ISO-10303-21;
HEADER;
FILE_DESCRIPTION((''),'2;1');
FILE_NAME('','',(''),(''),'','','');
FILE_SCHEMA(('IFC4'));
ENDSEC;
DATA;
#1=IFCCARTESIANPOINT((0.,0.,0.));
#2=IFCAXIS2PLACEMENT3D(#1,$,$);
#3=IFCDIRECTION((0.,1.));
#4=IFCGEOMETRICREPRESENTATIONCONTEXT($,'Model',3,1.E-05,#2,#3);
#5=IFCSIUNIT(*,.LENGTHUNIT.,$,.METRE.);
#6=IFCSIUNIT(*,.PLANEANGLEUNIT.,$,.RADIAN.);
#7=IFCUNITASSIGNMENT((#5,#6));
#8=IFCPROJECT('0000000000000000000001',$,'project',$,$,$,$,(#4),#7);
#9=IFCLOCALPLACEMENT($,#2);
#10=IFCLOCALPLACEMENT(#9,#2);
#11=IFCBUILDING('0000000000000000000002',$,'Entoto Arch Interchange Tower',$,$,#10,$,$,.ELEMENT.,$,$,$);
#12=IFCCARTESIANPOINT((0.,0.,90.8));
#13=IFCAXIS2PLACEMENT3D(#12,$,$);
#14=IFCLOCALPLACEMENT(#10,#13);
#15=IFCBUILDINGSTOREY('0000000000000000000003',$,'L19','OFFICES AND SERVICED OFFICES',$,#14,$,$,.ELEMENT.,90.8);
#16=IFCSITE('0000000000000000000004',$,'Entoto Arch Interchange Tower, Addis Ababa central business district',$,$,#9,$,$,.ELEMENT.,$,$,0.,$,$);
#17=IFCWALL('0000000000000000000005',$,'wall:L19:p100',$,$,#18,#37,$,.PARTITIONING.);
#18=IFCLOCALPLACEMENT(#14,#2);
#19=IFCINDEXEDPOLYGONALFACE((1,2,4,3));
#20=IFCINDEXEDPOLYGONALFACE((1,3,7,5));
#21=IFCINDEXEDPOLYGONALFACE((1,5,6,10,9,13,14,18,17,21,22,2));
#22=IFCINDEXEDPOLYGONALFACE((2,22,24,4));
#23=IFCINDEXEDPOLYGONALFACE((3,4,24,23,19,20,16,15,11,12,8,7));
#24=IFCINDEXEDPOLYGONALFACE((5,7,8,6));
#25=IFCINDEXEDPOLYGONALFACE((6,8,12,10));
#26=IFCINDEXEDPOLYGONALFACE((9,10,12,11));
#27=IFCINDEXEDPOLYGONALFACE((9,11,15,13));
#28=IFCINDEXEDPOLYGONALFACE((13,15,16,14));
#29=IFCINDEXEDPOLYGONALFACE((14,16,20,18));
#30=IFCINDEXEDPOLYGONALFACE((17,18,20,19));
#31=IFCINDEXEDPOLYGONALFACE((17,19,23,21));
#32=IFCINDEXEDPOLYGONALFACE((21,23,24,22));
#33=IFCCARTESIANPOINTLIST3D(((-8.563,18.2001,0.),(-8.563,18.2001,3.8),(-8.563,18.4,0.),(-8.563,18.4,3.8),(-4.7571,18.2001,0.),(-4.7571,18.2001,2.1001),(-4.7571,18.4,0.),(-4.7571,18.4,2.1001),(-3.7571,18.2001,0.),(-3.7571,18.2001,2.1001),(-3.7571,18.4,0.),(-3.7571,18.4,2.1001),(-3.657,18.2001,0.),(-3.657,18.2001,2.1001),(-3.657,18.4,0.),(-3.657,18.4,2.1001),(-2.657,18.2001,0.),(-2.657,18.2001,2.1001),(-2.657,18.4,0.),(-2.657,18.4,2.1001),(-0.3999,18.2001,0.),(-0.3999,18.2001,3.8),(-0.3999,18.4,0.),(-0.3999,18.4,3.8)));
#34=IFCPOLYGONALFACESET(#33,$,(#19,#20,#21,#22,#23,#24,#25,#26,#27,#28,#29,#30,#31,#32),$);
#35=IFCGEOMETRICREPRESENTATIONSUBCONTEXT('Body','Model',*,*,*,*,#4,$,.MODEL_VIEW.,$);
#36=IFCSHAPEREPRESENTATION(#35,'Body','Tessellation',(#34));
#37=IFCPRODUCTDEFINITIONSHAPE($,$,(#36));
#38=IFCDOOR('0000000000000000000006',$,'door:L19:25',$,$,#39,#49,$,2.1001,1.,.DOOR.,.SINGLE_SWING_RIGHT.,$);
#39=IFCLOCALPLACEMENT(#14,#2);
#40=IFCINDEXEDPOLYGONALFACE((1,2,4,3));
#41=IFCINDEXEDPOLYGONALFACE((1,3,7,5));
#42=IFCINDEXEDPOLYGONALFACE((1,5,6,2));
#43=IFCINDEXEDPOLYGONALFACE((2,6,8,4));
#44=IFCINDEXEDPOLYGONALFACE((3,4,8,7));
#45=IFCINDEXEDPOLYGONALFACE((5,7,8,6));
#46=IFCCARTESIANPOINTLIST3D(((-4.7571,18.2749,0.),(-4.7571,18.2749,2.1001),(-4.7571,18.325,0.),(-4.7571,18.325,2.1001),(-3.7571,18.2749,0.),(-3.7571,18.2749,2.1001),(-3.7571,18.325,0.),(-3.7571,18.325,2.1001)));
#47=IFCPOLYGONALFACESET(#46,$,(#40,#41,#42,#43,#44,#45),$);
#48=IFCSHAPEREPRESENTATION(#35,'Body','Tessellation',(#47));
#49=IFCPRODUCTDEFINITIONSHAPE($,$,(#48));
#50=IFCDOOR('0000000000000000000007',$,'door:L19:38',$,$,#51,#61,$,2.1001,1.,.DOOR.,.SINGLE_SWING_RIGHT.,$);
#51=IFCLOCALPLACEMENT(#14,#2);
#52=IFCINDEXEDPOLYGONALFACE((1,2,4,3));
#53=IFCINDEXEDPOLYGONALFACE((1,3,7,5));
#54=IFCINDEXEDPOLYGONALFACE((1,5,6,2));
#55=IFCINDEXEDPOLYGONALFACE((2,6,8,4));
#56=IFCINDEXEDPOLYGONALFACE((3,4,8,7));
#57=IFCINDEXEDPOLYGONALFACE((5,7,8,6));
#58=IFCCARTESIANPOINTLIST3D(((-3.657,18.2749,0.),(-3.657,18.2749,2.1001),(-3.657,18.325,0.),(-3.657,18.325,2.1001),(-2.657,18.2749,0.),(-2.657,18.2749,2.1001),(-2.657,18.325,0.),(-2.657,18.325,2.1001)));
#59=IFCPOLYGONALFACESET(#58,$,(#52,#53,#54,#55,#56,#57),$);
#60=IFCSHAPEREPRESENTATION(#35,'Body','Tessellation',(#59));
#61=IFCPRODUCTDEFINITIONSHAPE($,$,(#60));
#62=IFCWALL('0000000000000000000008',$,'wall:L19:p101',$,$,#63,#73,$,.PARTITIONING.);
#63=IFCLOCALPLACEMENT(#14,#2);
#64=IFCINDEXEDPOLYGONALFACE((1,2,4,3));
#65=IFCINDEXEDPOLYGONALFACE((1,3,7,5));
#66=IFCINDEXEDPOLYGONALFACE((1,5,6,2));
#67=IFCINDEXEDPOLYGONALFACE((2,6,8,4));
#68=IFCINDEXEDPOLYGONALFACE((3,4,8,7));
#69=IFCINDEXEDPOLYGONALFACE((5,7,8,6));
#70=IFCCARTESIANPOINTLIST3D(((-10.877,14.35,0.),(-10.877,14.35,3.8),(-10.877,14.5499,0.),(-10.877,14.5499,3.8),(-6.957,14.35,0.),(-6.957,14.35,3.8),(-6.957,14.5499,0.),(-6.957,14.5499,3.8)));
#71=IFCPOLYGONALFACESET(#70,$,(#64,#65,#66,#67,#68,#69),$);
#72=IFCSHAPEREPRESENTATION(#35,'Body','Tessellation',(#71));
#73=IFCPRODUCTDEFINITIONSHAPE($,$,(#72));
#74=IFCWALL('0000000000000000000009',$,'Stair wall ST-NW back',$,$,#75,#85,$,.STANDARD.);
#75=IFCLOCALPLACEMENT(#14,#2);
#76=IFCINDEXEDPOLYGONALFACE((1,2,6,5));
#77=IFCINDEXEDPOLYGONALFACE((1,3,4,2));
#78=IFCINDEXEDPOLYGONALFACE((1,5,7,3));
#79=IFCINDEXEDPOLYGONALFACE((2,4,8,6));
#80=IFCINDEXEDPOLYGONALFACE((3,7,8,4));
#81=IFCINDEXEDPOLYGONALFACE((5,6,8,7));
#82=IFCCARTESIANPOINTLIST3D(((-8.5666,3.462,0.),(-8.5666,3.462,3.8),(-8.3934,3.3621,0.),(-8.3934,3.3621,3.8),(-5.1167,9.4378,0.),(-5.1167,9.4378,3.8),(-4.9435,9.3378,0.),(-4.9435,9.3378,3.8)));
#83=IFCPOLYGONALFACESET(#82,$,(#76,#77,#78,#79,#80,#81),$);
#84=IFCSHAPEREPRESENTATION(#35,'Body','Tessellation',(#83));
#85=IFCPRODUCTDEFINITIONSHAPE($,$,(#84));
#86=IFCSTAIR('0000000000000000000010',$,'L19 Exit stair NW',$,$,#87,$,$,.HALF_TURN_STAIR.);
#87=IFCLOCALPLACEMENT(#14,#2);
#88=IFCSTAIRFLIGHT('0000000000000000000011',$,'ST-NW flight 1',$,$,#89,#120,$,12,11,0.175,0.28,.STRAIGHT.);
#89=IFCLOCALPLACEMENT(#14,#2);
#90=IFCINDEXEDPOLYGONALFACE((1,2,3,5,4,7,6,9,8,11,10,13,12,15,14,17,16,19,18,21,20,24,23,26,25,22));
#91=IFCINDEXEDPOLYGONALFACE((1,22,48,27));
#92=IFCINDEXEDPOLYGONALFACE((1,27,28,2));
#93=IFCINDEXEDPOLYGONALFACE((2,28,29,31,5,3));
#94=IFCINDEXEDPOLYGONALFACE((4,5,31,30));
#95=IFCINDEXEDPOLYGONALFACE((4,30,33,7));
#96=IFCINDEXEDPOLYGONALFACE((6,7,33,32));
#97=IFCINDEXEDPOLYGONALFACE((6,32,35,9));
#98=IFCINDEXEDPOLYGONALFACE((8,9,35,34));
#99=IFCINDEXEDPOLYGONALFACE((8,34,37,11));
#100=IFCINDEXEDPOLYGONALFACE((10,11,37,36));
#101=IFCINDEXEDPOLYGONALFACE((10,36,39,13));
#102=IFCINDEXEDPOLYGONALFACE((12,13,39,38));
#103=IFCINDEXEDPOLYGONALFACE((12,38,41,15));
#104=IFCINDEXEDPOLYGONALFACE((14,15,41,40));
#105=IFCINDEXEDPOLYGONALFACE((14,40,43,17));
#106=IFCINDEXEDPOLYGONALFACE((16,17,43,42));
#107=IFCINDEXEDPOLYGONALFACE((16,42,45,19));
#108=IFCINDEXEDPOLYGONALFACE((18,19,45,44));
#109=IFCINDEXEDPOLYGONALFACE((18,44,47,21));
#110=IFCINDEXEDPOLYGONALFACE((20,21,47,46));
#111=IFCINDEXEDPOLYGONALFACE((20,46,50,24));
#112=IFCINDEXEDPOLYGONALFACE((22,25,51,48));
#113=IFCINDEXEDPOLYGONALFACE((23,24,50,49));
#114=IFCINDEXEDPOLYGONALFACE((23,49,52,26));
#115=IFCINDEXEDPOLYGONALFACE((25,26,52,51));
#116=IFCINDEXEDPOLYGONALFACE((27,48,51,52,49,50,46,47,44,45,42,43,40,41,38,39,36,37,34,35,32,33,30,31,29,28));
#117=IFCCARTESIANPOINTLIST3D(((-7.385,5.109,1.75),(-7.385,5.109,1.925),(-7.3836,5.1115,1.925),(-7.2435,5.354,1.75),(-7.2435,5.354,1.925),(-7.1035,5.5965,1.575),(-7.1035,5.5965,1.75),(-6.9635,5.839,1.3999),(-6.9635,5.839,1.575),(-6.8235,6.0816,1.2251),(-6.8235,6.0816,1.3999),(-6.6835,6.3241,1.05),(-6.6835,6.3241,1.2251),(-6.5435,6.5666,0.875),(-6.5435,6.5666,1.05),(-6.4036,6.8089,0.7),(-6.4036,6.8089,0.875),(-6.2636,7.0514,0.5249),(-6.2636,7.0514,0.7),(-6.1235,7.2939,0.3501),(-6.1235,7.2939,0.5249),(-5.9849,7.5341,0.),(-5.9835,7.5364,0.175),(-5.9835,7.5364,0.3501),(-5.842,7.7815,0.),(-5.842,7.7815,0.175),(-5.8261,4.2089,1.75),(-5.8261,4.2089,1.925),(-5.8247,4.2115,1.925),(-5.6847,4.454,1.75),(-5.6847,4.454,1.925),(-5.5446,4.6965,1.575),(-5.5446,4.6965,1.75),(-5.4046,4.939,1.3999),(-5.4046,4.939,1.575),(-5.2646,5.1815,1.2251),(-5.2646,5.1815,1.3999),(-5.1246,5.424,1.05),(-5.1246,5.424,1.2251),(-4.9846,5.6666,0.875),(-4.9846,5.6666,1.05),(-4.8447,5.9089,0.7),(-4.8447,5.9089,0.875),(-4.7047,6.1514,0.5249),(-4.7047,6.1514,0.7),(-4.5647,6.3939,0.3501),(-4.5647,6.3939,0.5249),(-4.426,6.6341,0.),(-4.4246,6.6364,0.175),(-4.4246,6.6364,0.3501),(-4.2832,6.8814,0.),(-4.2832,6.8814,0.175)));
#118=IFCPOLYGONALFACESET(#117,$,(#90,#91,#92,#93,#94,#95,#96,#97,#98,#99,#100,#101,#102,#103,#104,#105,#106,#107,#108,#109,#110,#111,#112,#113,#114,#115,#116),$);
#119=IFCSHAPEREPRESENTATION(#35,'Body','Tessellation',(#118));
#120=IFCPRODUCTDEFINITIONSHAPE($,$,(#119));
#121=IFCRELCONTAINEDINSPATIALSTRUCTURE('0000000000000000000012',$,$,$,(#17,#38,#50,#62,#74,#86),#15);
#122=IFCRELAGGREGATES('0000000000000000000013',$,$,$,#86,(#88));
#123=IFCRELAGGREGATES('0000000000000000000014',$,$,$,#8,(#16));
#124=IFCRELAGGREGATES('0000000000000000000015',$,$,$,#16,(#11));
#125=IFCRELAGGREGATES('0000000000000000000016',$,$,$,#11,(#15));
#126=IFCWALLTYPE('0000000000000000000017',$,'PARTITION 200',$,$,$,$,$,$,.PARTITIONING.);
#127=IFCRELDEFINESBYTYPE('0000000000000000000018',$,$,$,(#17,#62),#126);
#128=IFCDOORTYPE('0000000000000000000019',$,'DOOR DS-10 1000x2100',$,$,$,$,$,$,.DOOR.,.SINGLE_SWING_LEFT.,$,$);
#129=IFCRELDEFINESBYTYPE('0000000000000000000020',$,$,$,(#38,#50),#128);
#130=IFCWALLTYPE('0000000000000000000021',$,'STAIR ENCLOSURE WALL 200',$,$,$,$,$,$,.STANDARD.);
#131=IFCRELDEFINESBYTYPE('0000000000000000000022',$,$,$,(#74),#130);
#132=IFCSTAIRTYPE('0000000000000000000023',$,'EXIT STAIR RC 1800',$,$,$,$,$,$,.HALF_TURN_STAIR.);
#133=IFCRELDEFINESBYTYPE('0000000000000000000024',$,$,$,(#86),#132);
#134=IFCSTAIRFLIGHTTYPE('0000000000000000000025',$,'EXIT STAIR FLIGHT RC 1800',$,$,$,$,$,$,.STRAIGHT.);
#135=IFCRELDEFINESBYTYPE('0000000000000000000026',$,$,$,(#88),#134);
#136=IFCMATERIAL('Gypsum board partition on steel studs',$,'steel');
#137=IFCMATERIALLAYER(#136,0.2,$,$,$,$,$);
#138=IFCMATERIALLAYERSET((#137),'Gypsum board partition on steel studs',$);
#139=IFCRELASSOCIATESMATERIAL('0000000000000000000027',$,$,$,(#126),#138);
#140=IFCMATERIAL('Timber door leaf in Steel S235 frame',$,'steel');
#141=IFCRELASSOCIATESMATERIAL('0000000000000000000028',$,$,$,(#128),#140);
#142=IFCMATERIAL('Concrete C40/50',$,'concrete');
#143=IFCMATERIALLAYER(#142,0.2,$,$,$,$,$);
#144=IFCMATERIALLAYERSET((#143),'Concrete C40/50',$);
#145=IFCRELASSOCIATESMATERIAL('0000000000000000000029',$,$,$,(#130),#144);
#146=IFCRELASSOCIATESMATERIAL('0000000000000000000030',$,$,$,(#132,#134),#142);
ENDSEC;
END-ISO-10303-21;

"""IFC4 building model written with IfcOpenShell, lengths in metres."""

from ifc_helpers import new_model, si_unit, direction, frame, frame_2d, origin, place, context, subcontext, project, spatial, polyline, rectangle, outline, extrude, material, layer, layer_set, type_object, element, fill, aggregate, save


model = new_model("IFC4")

# Units and contexts
model_context = context("Model", 3, precision=1e-05, world=origin(), true_north=direction((0.0, 1.0)))
body_context = subcontext(model_context, "Body", "Model", "MODEL_VIEW")
ifc_project = project(units=[si_unit("LENGTHUNIT", "METRE"), si_unit("PLANEANGLEUNIT", "RADIAN")], contexts=[model_context])

# Site, building, storey
site_placement = place(None, origin())
site = spatial("IfcSite", under=ifc_project, at=site_placement, Name="Entoto Arch Interchange Tower, Addis Ababa central business district", CompositionType="ELEMENT", RefElevation=0.0)
building_placement = place(site_placement, origin())
building = spatial("IfcBuilding", under=site, at=building_placement, Name="Entoto Arch Interchange Tower", CompositionType="ELEMENT")
storey_placement = place(building_placement, frame((0.0, 0.0, 90.8)))
storey = spatial("IfcBuildingStorey", under=building, at=storey_placement, Name="L19", Description="OFFICES AND SERVICED OFFICES", CompositionType="ELEMENT", Elevation=90.8)

# Shared definitions
ifc_material_1 = material(Name="Concrete C40/50", Category="concrete")

# Shared definitions
ifc_material_2 = material(Name="Gypsum board partition on steel studs", Category="steel")
ifc_layer_1 = layer(ifc_material_2, 0.2)
ifc_layer_set_1 = layer_set([ifc_layer_1], Name="Gypsum board partition on steel studs")
wall_type_1 = type_object("IfcWallType", Name="PARTITION 200", PredefinedType="PARTITIONING", material=ifc_layer_set_1)

# Shared definitions
ifc_material_3 = material(Name="Timber door leaf in Steel S235 frame", Category="steel")
door_type_1 = type_object("IfcDoorType", Name="DOOR DS-10 1000x2100", OperationType="SINGLE_SWING_LEFT", PredefinedType="DOOR", material=ifc_material_3)

# Wall, openings, doors
wall_1_placement = place(storey_placement, frame((-8.563, 18.3, 0.0), z_axis=(0.0, 0.0, 1.0), x_axis=(1.0, 0.0, 0.0)))
wall_1 = element("IfcWall", 1, at=wall_1_placement, inside=storey, type_object=wall_type_1, Name="wall:L19:p100", PredefinedType="PARTITIONING", context=body_context, shape_type="SweptSolid", body=[
    extrude(rectangle(XDim=8.1631, YDim=0.2, at=frame_2d((4.0815, 0.0))), origin(), (0.0, 0.0, 1.0), 3.8),
])
opening_1_placement = place(wall_1_placement, frame((3.8059, 0.0, 0.0)))
opening_1 = element("IfcOpeningElement", 2, at=opening_1_placement, cuts=wall_1, PredefinedType="OPENING", context=body_context, shape_type="SweptSolid", body=[
    extrude(rectangle(XDim=1.0, YDim=2.1001, at=frame_2d((0.5, 1.05))), frame((0.0, 0.1099, 0.0), z_axis=(0.0, -1.0, 0.0), x_axis=(1.0, 0.0, 0.0)), (0.0, 0.0, 1.0), 0.22),
])
opening_2_placement = place(wall_1_placement, frame((4.906, 0.0, 0.0)))
opening_2 = element("IfcOpeningElement", 3, at=opening_2_placement, cuts=wall_1, PredefinedType="OPENING", context=body_context, shape_type="SweptSolid", body=[
    extrude(rectangle(XDim=1.0, YDim=2.1001, at=frame_2d((0.5, 1.05))), frame((0.0, 0.1099, 0.0), z_axis=(0.0, -1.0, 0.0), x_axis=(1.0, 0.0, 0.0)), (0.0, 0.0, 1.0), 0.22),
])
door_1_placement = place(opening_1_placement, origin())
door_1 = element("IfcDoor", 4, at=door_1_placement, inside=storey, type_object=door_type_1, Name="door:L19:25", OperationType="SINGLE_SWING_RIGHT", OverallHeight=2.1001, OverallWidth=1.0, PredefinedType="DOOR", context=body_context, shape_type="SweptSolid", body=[
    extrude(rectangle(XDim=1.0, YDim=2.1001, at=frame_2d((0.5, 1.05))), frame((0.0, 0.0249, 0.0), z_axis=(0.0, -1.0, 0.0), x_axis=(1.0, 0.0, 0.0)), (0.0, 0.0, 1.0), 0.05),
])
fill(opening_1, door_1)
door_2_placement = place(opening_2_placement, origin())
door_2 = element("IfcDoor", 5, at=door_2_placement, inside=storey, type_object=door_type_1, Name="door:L19:38", OperationType="SINGLE_SWING_RIGHT", OverallHeight=2.1001, OverallWidth=1.0, PredefinedType="DOOR", context=body_context, shape_type="SweptSolid", body=[
    extrude(rectangle(XDim=1.0, YDim=2.1001, at=frame_2d((0.5, 1.05))), frame((0.0, 0.0249, 0.0), z_axis=(0.0, -1.0, 0.0), x_axis=(1.0, 0.0, 0.0)), (0.0, 0.0, 1.0), 0.05),
])
fill(opening_2, door_2)

# Walls
wall_2_placement = place(storey_placement, frame((-6.957, 14.45, 0.0), z_axis=(0.0, 0.0, 1.0), x_axis=(-1.0, 0.0, 0.0)))
element("IfcWall", 6, at=wall_2_placement, inside=storey, type_object=wall_type_1, Name="wall:L19:p101", PredefinedType="PARTITIONING", context=body_context, shape_type="SweptSolid", body=[
    extrude(rectangle(XDim=3.9199, YDim=0.2, at=frame_2d((1.96, 0.0))), origin(), (0.0, 0.0, 1.0), 3.8),
])
ifc_layer_2 = layer(ifc_material_1, 0.2)
ifc_layer_set_2 = layer_set([ifc_layer_2], Name="Concrete C40/50")
wall_type_2 = type_object("IfcWallType", Name="STAIR ENCLOSURE WALL 200", PredefinedType="STANDARD", material=ifc_layer_set_2)
wall_3_placement = place(storey_placement, frame((-5.03, 9.3879, 0.0), z_axis=(0.0, 0.0, 1.0), x_axis=(-0.499979, -0.866038, 0.0)))
element("IfcWall", 7, at=wall_3_placement, inside=storey, type_object=wall_type_2, Name="Stair wall ST-NW back", PredefinedType="STANDARD", context=body_context, shape_type="SweptSolid", body=[
    extrude(rectangle(XDim=6.9001, YDim=0.2, at=frame_2d((3.4502, 0.0))), origin(), (0.0, 0.0, 1.0), 3.8),
])

# Stair, stair flight
stair_type = type_object("IfcStairType", Name="EXIT STAIR RC 1800", PredefinedType="HALF_TURN_STAIR", material=ifc_material_1)
stair_placement = place(storey_placement, origin())
stair = element("IfcStair", 8, at=stair_placement, inside=storey, type_object=stair_type, Name="L19 Exit stair NW", PredefinedType="HALF_TURN_STAIR")
stair_flight_type = type_object("IfcStairFlightType", Name="EXIT STAIR FLIGHT RC 1800", PredefinedType="STRAIGHT", material=ifc_material_1)
stair_flight_placement = place(storey_placement, frame((-5.064, 7.3289, 0.0), z_axis=(0.0, 0.0, 1.0), x_axis=(-0.5, -0.866025, 0.0)))
stair_flight = element("IfcStairFlight", 9, at=stair_flight_placement, type_object=stair_flight_type, Name="ST-NW flight 1", NumberOfRisers=12, NumberOfTreads=11, PredefinedType="STRAIGHT", RiserHeight=0.175, TreadLength=0.28, context=body_context, shape_type="SweptSolid", body=[
    extrude(outline(polyline([(-0.0029, 0.0), (-0.0029, 0.175), (0.28, 0.175), (0.28, 0.3501), (0.5601, 0.3501), (0.5601, 0.5249), (0.8401, 0.5249), (0.8401, 0.7), (1.1201, 0.7), (1.1201, 0.875), (1.3999, 0.875), (1.3999, 1.05), (1.6799, 1.05), (1.6799, 1.2251), (1.96, 1.2251), (1.96, 1.3999), (2.24, 1.3999), (2.24, 1.575), (2.52, 1.575), (2.52, 1.75), (2.8, 1.75), (2.8, 1.925), (3.0801, 1.925), (3.083, 1.925), (3.083, 1.75), (0.2827, 0.0), (-0.0029, 0.0)])), frame((0.0, 0.8999, 0.0), z_axis=(0.0, -1.0, 0.0), x_axis=(1.0, 0.0, 0.0)), (0.0, 0.0, 1.0), 1.8),
])
aggregate(stair, [stair_flight])

save(model, "model.ifc")
